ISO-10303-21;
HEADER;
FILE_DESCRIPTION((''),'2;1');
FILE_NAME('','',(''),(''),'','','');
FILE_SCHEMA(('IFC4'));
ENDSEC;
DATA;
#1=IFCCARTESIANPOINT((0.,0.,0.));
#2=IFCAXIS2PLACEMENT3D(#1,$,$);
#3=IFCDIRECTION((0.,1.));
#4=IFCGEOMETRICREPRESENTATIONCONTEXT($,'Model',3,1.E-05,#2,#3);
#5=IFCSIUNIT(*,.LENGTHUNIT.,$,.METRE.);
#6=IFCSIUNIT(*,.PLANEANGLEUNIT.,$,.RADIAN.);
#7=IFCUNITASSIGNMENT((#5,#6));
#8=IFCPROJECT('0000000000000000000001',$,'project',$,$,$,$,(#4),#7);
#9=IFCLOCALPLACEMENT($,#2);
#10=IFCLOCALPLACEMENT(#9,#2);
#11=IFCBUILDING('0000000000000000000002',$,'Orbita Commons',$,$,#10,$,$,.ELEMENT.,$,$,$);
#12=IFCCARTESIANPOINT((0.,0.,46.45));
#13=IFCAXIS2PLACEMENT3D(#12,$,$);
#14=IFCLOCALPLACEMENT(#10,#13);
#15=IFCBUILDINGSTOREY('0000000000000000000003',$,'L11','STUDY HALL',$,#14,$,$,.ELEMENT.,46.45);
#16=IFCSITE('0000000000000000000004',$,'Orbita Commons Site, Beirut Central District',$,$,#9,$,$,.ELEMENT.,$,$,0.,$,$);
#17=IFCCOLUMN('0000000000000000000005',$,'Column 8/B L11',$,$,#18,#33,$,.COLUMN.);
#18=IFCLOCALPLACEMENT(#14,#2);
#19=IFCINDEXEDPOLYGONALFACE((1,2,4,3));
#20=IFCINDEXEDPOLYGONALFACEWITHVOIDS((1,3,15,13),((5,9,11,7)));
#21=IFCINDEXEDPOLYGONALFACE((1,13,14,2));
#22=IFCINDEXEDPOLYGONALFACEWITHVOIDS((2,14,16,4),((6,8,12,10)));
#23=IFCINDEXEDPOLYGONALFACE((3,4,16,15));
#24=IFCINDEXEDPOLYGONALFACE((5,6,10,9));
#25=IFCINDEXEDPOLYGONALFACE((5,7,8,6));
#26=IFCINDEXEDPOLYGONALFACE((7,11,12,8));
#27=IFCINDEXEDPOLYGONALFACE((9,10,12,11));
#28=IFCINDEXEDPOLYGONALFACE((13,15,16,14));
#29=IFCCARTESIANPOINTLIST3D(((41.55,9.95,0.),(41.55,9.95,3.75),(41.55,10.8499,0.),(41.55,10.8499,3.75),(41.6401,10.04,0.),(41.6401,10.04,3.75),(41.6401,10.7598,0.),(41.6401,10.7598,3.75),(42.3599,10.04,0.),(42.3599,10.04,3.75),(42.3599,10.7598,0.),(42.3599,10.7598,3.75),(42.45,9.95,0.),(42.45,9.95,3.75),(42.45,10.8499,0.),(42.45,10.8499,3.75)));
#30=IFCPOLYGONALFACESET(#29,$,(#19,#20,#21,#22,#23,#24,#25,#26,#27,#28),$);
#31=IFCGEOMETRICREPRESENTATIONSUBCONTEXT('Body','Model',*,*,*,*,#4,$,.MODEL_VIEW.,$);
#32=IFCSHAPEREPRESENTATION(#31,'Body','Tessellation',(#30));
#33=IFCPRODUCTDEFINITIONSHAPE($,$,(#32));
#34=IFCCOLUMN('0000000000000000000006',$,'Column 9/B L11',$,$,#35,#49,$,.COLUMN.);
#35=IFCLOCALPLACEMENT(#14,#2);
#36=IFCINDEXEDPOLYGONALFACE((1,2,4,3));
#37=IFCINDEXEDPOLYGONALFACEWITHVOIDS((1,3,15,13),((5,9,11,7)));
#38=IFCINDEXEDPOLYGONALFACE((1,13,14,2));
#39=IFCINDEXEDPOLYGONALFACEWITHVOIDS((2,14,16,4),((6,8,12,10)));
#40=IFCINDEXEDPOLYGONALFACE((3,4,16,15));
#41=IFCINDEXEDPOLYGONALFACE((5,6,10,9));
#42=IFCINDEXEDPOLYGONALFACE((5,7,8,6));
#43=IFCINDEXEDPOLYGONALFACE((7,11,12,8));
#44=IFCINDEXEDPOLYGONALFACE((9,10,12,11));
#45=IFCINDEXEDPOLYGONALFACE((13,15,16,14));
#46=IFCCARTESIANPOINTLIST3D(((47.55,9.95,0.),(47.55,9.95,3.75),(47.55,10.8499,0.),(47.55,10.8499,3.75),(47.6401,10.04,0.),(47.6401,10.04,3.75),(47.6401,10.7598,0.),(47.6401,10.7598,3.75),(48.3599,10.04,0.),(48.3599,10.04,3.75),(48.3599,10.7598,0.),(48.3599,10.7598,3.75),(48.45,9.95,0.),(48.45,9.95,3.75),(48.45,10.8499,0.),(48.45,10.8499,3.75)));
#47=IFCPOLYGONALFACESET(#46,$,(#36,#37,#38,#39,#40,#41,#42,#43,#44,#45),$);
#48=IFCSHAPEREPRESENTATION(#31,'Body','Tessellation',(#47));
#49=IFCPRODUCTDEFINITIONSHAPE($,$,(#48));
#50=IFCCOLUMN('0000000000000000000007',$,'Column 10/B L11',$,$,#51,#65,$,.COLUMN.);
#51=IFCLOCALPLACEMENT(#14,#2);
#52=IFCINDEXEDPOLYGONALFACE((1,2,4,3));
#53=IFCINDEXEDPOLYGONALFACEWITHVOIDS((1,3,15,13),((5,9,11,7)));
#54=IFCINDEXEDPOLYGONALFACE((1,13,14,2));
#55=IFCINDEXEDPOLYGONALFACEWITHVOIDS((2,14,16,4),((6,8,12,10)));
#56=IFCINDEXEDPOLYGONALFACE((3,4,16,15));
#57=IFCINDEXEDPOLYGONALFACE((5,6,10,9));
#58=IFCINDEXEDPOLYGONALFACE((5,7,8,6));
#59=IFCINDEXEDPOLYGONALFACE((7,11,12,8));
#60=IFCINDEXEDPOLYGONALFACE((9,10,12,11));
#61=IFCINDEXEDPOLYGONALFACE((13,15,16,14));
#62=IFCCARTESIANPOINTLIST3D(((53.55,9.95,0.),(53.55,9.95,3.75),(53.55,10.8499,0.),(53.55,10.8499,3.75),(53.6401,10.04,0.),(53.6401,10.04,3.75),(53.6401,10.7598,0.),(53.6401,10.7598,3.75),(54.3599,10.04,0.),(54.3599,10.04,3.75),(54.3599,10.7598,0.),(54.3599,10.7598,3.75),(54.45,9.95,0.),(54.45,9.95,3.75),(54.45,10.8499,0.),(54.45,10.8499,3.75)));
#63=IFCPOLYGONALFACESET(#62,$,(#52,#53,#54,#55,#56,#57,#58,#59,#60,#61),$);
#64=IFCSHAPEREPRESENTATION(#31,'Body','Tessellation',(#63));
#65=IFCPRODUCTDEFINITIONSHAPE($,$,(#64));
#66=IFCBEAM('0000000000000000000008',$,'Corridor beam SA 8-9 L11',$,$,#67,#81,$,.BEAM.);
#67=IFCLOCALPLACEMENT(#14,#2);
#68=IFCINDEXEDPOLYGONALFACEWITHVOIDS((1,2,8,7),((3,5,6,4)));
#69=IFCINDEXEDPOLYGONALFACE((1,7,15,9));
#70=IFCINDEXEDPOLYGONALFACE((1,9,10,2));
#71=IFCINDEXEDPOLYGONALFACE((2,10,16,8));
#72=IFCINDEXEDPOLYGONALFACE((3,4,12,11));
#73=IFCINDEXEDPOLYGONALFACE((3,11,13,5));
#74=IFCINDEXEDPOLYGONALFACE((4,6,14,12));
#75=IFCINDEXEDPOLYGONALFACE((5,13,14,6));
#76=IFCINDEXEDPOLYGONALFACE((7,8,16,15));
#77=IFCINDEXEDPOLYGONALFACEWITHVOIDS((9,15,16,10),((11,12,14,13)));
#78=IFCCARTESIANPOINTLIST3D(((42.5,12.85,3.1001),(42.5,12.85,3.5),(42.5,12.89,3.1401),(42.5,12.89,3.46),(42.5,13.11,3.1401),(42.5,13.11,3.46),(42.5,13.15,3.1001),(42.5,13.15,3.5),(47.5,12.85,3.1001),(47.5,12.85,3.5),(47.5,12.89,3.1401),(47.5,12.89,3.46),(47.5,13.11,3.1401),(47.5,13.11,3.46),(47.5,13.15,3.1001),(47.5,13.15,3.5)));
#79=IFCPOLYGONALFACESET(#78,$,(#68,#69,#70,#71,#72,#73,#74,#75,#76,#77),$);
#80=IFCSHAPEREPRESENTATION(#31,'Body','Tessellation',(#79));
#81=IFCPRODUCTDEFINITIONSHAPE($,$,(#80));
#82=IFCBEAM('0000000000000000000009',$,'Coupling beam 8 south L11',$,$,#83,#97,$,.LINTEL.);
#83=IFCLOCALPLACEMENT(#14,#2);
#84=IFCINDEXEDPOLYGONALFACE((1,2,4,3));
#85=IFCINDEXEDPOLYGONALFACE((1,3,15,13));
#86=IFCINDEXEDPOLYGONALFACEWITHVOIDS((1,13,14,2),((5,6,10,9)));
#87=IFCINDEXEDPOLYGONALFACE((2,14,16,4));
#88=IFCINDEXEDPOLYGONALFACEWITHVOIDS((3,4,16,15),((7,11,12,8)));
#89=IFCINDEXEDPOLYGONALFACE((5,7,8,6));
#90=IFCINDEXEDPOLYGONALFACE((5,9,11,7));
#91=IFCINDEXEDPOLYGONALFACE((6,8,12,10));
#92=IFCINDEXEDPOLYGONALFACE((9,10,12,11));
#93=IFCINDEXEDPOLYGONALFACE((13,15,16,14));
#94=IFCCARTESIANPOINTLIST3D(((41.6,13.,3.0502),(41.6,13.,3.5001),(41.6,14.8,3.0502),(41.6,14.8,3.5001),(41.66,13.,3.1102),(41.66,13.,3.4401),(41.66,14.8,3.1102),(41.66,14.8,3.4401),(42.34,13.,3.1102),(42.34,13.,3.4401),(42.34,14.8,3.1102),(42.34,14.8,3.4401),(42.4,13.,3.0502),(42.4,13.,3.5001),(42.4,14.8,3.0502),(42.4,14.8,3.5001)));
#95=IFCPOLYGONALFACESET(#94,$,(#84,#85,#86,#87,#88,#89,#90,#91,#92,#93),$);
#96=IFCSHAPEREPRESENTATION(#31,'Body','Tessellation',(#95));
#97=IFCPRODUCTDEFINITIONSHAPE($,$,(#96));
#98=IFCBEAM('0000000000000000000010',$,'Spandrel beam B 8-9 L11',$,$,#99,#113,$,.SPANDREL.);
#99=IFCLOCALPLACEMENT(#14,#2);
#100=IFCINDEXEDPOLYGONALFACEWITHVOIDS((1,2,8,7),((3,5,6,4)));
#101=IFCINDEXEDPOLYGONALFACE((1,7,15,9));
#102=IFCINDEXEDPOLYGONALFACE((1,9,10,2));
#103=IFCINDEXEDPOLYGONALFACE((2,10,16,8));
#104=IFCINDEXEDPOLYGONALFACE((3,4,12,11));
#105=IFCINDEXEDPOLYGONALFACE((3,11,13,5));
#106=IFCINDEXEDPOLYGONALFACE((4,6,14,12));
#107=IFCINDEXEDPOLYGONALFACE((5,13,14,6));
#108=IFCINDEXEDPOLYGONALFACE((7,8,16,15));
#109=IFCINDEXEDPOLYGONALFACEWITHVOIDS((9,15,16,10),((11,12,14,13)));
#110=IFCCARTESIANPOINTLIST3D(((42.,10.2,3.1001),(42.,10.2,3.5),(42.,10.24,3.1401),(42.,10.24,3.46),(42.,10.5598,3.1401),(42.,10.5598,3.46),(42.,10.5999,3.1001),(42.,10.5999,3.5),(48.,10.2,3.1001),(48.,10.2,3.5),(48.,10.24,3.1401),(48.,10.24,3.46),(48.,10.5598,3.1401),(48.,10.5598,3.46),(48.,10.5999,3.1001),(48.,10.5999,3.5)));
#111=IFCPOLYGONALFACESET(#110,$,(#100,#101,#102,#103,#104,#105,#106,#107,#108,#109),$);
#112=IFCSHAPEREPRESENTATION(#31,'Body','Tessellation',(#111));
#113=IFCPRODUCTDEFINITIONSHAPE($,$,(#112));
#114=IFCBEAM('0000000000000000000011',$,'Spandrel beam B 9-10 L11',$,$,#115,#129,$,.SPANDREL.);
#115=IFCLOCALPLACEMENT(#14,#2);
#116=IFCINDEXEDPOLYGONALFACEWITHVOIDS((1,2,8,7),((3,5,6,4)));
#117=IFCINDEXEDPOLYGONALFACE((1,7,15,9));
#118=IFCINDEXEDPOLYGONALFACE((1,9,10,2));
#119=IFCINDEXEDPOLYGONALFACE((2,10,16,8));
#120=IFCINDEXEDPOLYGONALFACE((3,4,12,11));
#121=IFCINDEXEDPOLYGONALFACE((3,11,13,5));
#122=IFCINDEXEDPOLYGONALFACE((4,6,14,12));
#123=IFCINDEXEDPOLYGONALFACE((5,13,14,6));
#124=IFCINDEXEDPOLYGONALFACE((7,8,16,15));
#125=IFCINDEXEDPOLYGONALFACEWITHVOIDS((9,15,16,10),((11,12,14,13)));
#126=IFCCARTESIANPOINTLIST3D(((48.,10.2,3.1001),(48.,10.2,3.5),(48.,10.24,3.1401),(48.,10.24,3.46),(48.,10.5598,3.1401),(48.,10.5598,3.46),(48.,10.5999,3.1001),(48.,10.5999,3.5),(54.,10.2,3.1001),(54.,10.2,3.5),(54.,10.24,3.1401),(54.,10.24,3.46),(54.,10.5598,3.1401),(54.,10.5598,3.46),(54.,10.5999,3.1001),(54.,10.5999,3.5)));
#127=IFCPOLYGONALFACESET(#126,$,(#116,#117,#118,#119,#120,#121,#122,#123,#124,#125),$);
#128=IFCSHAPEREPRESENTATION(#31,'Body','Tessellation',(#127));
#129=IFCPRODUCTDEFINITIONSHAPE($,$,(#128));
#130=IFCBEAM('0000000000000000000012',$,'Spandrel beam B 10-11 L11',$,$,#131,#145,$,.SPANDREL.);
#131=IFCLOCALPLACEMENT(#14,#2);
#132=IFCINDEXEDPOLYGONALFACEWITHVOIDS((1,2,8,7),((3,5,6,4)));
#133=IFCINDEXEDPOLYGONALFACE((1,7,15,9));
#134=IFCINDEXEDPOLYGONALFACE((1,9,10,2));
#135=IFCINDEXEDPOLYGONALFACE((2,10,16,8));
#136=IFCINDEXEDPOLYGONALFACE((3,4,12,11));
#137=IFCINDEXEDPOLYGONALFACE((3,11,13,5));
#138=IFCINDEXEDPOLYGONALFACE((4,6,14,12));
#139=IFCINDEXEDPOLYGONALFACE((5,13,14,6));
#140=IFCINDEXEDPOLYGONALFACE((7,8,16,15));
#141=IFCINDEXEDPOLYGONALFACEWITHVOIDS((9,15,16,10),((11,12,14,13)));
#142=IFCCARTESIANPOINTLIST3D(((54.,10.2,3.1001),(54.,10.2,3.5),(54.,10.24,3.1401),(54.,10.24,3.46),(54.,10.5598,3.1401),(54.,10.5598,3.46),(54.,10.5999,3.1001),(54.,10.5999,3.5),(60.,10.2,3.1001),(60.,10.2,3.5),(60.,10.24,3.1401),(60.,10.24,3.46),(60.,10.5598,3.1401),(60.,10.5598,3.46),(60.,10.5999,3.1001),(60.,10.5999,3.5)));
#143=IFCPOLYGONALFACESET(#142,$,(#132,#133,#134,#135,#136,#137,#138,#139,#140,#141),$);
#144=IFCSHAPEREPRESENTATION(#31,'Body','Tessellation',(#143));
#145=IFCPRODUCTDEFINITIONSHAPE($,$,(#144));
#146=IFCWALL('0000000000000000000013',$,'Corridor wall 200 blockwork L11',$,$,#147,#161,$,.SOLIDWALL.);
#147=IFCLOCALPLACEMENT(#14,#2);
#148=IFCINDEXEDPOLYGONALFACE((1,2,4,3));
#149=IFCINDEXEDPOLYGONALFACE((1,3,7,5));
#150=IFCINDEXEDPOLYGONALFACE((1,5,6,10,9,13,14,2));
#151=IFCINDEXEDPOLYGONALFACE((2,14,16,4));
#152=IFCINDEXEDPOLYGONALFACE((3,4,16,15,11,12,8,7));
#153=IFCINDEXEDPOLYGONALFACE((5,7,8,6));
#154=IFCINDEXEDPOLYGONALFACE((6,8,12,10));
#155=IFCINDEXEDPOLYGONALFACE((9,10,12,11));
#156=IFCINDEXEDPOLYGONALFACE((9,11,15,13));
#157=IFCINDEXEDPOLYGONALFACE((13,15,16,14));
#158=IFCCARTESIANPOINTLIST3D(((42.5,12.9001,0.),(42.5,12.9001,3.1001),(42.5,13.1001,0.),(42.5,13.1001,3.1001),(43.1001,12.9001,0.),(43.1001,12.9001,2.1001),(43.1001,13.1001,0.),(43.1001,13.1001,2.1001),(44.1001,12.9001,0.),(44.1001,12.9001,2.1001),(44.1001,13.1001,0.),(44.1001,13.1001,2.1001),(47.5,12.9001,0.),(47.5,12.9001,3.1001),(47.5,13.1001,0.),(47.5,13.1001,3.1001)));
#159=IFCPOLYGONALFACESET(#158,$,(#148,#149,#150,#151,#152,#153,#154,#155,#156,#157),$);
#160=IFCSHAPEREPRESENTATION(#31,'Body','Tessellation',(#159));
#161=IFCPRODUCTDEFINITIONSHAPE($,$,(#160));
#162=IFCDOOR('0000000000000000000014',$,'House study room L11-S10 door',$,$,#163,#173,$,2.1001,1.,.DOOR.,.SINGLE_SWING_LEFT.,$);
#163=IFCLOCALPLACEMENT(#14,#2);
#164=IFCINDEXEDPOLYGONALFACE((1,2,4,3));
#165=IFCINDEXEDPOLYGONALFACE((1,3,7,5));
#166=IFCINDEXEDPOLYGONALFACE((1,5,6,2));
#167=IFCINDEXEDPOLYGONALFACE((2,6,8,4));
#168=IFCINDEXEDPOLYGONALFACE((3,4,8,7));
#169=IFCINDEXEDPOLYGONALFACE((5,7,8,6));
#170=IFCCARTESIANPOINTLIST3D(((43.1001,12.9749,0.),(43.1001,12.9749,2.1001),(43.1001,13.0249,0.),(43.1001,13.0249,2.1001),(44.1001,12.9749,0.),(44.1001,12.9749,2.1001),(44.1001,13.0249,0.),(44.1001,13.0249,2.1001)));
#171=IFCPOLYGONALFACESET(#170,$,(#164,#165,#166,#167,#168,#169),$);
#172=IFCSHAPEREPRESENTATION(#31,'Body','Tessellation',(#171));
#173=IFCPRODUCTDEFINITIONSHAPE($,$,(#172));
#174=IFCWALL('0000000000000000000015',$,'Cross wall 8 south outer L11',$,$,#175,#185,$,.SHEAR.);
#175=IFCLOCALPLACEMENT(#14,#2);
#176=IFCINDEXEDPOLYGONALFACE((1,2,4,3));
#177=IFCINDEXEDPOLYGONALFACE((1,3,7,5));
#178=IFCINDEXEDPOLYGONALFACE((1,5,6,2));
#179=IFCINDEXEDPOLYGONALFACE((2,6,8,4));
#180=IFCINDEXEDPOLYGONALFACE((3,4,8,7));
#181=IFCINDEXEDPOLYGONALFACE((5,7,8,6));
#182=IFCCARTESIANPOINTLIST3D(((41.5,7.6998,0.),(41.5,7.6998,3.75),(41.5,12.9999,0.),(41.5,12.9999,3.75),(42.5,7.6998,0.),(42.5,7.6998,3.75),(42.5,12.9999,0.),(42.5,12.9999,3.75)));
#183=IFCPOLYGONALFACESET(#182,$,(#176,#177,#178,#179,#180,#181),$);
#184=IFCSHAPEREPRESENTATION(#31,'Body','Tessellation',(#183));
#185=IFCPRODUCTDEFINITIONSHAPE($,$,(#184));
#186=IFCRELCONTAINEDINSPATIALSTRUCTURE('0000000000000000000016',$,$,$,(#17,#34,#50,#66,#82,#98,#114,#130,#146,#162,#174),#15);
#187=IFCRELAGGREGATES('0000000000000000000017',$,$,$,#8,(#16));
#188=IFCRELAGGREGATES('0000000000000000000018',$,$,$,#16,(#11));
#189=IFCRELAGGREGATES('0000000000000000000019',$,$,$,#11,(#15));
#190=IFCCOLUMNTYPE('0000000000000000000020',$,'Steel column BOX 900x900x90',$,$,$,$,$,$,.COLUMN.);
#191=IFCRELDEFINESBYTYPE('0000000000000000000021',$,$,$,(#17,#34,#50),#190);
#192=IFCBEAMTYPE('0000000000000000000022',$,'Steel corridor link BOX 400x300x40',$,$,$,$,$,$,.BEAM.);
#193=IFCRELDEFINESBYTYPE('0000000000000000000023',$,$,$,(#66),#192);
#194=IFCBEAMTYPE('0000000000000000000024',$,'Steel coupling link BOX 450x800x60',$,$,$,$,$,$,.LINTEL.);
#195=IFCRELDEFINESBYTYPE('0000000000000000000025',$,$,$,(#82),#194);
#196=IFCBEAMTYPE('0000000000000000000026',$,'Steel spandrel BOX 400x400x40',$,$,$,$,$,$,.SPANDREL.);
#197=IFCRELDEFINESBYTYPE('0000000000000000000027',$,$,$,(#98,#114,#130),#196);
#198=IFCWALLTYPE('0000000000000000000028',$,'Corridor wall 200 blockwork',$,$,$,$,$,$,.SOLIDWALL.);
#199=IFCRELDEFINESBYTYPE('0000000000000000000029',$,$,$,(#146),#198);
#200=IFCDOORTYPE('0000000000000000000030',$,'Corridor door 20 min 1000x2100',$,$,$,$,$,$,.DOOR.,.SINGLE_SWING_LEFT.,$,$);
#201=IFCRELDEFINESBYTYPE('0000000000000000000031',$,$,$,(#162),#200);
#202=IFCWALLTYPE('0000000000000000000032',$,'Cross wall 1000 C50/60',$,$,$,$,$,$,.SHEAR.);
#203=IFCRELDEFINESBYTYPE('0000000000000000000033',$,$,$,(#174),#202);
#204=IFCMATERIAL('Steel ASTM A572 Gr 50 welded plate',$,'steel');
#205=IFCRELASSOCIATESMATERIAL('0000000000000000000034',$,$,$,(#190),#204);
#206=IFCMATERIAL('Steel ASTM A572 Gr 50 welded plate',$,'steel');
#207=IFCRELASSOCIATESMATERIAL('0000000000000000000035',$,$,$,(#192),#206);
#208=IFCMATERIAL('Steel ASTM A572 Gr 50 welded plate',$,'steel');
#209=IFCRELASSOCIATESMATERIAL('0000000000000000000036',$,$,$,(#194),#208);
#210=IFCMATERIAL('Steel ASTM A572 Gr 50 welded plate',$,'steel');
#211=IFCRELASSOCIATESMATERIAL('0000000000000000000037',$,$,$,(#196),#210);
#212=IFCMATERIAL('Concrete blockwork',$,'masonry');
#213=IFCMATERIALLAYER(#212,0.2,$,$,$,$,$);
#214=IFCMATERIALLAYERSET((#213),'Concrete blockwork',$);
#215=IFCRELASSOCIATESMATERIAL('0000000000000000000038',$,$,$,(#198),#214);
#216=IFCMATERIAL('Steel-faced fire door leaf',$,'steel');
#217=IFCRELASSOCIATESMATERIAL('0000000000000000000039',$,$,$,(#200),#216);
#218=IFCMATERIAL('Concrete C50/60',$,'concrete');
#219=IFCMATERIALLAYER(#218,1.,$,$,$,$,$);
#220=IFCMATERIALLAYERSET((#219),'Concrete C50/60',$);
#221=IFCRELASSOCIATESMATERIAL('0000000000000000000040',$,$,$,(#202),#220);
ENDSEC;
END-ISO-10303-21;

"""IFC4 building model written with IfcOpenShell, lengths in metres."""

from ifc_helpers import new_model, si_unit, direction, frame, frame_2d, origin, origin_2d, place, context, subcontext, project, spatial, polyline, rectangle, hollow_rectangle, outline, extrude, material, layer, layer_set, material_profile, profile_set, type_object, element, fill, save


model = new_model("IFC4")

# Units and contexts
model_context = context("Model", 3, precision=1e-05, world=origin(), true_north=direction((0.0, 1.0)))
body_context = subcontext(model_context, "Body", "Model", "MODEL_VIEW")
ifc_project = project(units=[si_unit("LENGTHUNIT", "METRE"), si_unit("PLANEANGLEUNIT", "RADIAN")], contexts=[model_context])

# Site, building, storey
site_placement = place(None, origin())
site = spatial("IfcSite", under=ifc_project, at=site_placement, Name="Orbita Commons Site, Beirut Central District", CompositionType="ELEMENT", RefElevation=0.0)
building_placement = place(site_placement, origin())
building = spatial("IfcBuilding", under=site, at=building_placement, Name="Orbita Commons", CompositionType="ELEMENT")
storey_placement = place(building_placement, frame((0.0, 0.0, 46.45)))
storey = spatial("IfcBuildingStorey", under=building, at=storey_placement, Name="L11", Description="STUDY HALL", CompositionType="ELEMENT", Elevation=46.45)

# Columns
ifc_material_1 = material(Name="Steel ASTM A572 Gr 50 welded plate", Category="steel")
ifc_material_profile_1 = material_profile(ifc_material_1, hollow_rectangle(XDim=0.8999, YDim=0.8999, WallThickness=0.0901, at=origin_2d()), Name="BOX 900x900x90")
ifc_profile_set_1 = profile_set([ifc_material_profile_1], Name="Steel ASTM A572 Gr 50 welded plate")
column_type = type_object("IfcColumnType", Name="Steel column BOX 900x900x90", PredefinedType="COLUMN", material=ifc_profile_set_1)
for number, where, z_axis, x_axis, name in (
    (1, (42.0, 10.3999, 0.0), (0.0, 0.0, 1.0), (1.0, 0.0, 0.0), "Column 8/B L11"),
    (2, (48.0, 10.3999, 0.0), (0.0, 0.0, 1.0), (1.0, 0.0, 0.0), "Column 9/B L11"),
    (3, (54.0, 10.3999, 0.0), (0.0, 0.0, 1.0), (1.0, 0.0, 0.0), "Column 10/B L11"),
):
    element("IfcColumn", number, at=place(storey_placement, frame(where, z_axis=z_axis, x_axis=x_axis)), inside=storey, type_object=column_type, Name=name, PredefinedType="COLUMN", context=body_context, shape_type="SweptSolid", body=[
        extrude(hollow_rectangle(XDim=0.8999, YDim=0.8999, WallThickness=0.0901, at=origin_2d()), origin(), (0.0, 0.0, 1.0), 3.75),
    ])

# Beams
ifc_material_2 = material(Name="Steel ASTM A572 Gr 50 welded plate", Category="steel")
ifc_material_profile_2 = material_profile(ifc_material_2, hollow_rectangle(XDim=0.3, YDim=0.3999, WallThickness=0.04, at=origin_2d()), Name="BOX 400x300x40")
ifc_profile_set_2 = profile_set([ifc_material_profile_2], Name="Steel ASTM A572 Gr 50 welded plate")
beam_type_1 = type_object("IfcBeamType", Name="Steel corridor link BOX 400x300x40", PredefinedType="BEAM", material=ifc_profile_set_2)
beam_1_placement = place(storey_placement, frame((42.5, 13.0, 3.3), z_axis=(1.0, 0.0, 0.0), x_axis=(0.0, 1.0, 0.0)))
element("IfcBeam", 4, at=beam_1_placement, inside=storey, type_object=beam_type_1, Name="Corridor beam SA 8-9 L11", PredefinedType="BEAM", context=body_context, shape_type="SweptSolid", body=[
    extrude(hollow_rectangle(XDim=0.3, YDim=0.3999, WallThickness=0.04, at=origin_2d()), origin(), (0.0, 0.0, 1.0), 5.0),
])
ifc_material_3 = material(Name="Steel ASTM A572 Gr 50 welded plate", Category="steel")
ifc_material_profile_3 = material_profile(ifc_material_3, hollow_rectangle(XDim=0.8, YDim=0.45, WallThickness=0.0601, at=origin_2d()), Name="BOX 450x800x60")
ifc_profile_set_3 = profile_set([ifc_material_profile_3], Name="Steel ASTM A572 Gr 50 welded plate")
beam_type_2 = type_object("IfcBeamType", Name="Steel coupling link BOX 450x800x60", PredefinedType="LINTEL", material=ifc_profile_set_3)
beam_2_placement = place(storey_placement, frame((42.0, 13.0, 3.2751), z_axis=(0.0, 1.0, 0.0), x_axis=(-1.0, 0.0, 0.0)))
element("IfcBeam", 5, at=beam_2_placement, inside=storey, type_object=beam_type_2, Name="Coupling beam 8 south L11", PredefinedType="LINTEL", context=body_context, shape_type="SweptSolid", body=[
    extrude(hollow_rectangle(XDim=0.8, YDim=0.45, WallThickness=0.0601, at=origin_2d()), origin(), (0.0, 0.0, 1.0), 1.8),
])
ifc_material_4 = material(Name="Steel ASTM A572 Gr 50 welded plate", Category="steel")
ifc_material_profile_4 = material_profile(ifc_material_4, hollow_rectangle(XDim=0.3999, YDim=0.3999, WallThickness=0.04, at=origin_2d()), Name="BOX 400x400x40")
ifc_profile_set_4 = profile_set([ifc_material_profile_4], Name="Steel ASTM A572 Gr 50 welded plate")
beam_type_3 = type_object("IfcBeamType", Name="Steel spandrel BOX 400x400x40", PredefinedType="SPANDREL", material=ifc_profile_set_4)
for number, where, z_axis, x_axis, name in (
    (6, (42.0, 10.3999, 3.3), (1.0, 0.0, 0.0), (0.0, 1.0, 0.0), "Spandrel beam B 8-9 L11"),
    (7, (48.0, 10.3999, 3.3), (1.0, 0.0, 0.0), (0.0, 1.0, 0.0), "Spandrel beam B 9-10 L11"),
    (8, (54.0, 10.3999, 3.3), (1.0, 0.0, 0.0), (0.0, 1.0, 0.0), "Spandrel beam B 10-11 L11"),
):
    element("IfcBeam", number, at=place(storey_placement, frame(where, z_axis=z_axis, x_axis=x_axis)), inside=storey, type_object=beam_type_3, Name=name, PredefinedType="SPANDREL", context=body_context, shape_type="SweptSolid", body=[
        extrude(hollow_rectangle(XDim=0.3999, YDim=0.3999, WallThickness=0.04, at=origin_2d()), origin(), (0.0, 0.0, 1.0), 6.0),
    ])

# Wall, opening, door
ifc_material_5 = material(Name="Concrete blockwork", Category="masonry")
ifc_layer_1 = layer(ifc_material_5, 0.2)
ifc_layer_set_1 = layer_set([ifc_layer_1], Name="Concrete blockwork")
wall_type_1 = type_object("IfcWallType", Name="Corridor wall 200 blockwork", PredefinedType="SOLIDWALL", material=ifc_layer_set_1)
wall_1_placement = place(storey_placement, frame((42.5, 13.0, 0.0), z_axis=(0.0, 0.0, 1.0), x_axis=(1.0, 0.0, 0.0)))
wall_1 = element("IfcWall", 9, at=wall_1_placement, inside=storey, type_object=wall_type_1, Name="Corridor wall 200 blockwork L11", PredefinedType="SOLIDWALL", context=body_context, shape_type="SweptSolid", body=[
    extrude(outline(polyline([(0.0, 0.0), (5.0, 0.0), (5.0, 3.1001), (0.0, 3.1001), (0.0, 0.0)])), frame((0.0, 0.1001, 0.0), z_axis=(0.0, -1.0, 0.0), x_axis=(1.0, 0.0, 0.0)), (0.0, 0.0, 1.0), 0.2),
])
opening_1_placement = place(wall_1_placement, frame((0.6001, 0.0, 0.0)))
opening_1 = element("IfcOpeningElement", 10, at=opening_1_placement, cuts=wall_1, PredefinedType="OPENING", context=body_context, shape_type="SweptSolid", body=[
    extrude(rectangle(XDim=1.0, YDim=2.1001, at=frame_2d((0.5, 1.05))), frame((0.0, 0.1099, 0.0), z_axis=(0.0, -1.0, 0.0), x_axis=(1.0, 0.0, 0.0)), (0.0, 0.0, 1.0), 0.22),
])
ifc_material_6 = material(Name="Steel-faced fire door leaf", Category="steel")
door_type_1 = type_object("IfcDoorType", Name="Corridor door 20 min 1000x2100", OperationType="SINGLE_SWING_LEFT", PredefinedType="DOOR", material=ifc_material_6)
door_1_placement = place(opening_1_placement, origin())
door_1 = element("IfcDoor", 11, at=door_1_placement, inside=storey, type_object=door_type_1, Name="House study room L11-S10 door", OperationType="SINGLE_SWING_LEFT", OverallHeight=2.1001, OverallWidth=1.0, PredefinedType="DOOR", context=body_context, shape_type="SweptSolid", body=[
    extrude(rectangle(XDim=1.0, YDim=2.1001, at=frame_2d((0.5, 1.05))), frame((0.0, 0.0249, 0.0), z_axis=(0.0, -1.0, 0.0), x_axis=(1.0, 0.0, 0.0)), (0.0, 0.0, 1.0), 0.05),
])
fill(opening_1, door_1)

# Wall
ifc_material_7 = material(Name="Concrete C50/60", Category="concrete")
ifc_layer_2 = layer(ifc_material_7, 1.0)
ifc_layer_set_2 = layer_set([ifc_layer_2], Name="Concrete C50/60")
wall_type_2 = type_object("IfcWallType", Name="Cross wall 1000 C50/60", PredefinedType="SHEAR", material=ifc_layer_set_2)
for number, where, z_axis, x_axis, name in (
    (12, (42.0, 7.7, 0.0), (0.0, 0.0, 1.0), (0.0, 1.0, 0.0), "Cross wall 8 south outer L11"),
):
    element("IfcWall", number, at=place(storey_placement, frame(where, z_axis=z_axis, x_axis=x_axis)), inside=storey, type_object=wall_type_2, Name=name, PredefinedType="SHEAR", context=body_context, shape_type="SweptSolid", body=[
        extrude(rectangle(XDim=5.3, YDim=1.0, at=frame_2d((2.6499, 0.0))), origin(), (0.0, 0.0, 1.0), 3.75),
    ])

save(model, "model.ifc")
